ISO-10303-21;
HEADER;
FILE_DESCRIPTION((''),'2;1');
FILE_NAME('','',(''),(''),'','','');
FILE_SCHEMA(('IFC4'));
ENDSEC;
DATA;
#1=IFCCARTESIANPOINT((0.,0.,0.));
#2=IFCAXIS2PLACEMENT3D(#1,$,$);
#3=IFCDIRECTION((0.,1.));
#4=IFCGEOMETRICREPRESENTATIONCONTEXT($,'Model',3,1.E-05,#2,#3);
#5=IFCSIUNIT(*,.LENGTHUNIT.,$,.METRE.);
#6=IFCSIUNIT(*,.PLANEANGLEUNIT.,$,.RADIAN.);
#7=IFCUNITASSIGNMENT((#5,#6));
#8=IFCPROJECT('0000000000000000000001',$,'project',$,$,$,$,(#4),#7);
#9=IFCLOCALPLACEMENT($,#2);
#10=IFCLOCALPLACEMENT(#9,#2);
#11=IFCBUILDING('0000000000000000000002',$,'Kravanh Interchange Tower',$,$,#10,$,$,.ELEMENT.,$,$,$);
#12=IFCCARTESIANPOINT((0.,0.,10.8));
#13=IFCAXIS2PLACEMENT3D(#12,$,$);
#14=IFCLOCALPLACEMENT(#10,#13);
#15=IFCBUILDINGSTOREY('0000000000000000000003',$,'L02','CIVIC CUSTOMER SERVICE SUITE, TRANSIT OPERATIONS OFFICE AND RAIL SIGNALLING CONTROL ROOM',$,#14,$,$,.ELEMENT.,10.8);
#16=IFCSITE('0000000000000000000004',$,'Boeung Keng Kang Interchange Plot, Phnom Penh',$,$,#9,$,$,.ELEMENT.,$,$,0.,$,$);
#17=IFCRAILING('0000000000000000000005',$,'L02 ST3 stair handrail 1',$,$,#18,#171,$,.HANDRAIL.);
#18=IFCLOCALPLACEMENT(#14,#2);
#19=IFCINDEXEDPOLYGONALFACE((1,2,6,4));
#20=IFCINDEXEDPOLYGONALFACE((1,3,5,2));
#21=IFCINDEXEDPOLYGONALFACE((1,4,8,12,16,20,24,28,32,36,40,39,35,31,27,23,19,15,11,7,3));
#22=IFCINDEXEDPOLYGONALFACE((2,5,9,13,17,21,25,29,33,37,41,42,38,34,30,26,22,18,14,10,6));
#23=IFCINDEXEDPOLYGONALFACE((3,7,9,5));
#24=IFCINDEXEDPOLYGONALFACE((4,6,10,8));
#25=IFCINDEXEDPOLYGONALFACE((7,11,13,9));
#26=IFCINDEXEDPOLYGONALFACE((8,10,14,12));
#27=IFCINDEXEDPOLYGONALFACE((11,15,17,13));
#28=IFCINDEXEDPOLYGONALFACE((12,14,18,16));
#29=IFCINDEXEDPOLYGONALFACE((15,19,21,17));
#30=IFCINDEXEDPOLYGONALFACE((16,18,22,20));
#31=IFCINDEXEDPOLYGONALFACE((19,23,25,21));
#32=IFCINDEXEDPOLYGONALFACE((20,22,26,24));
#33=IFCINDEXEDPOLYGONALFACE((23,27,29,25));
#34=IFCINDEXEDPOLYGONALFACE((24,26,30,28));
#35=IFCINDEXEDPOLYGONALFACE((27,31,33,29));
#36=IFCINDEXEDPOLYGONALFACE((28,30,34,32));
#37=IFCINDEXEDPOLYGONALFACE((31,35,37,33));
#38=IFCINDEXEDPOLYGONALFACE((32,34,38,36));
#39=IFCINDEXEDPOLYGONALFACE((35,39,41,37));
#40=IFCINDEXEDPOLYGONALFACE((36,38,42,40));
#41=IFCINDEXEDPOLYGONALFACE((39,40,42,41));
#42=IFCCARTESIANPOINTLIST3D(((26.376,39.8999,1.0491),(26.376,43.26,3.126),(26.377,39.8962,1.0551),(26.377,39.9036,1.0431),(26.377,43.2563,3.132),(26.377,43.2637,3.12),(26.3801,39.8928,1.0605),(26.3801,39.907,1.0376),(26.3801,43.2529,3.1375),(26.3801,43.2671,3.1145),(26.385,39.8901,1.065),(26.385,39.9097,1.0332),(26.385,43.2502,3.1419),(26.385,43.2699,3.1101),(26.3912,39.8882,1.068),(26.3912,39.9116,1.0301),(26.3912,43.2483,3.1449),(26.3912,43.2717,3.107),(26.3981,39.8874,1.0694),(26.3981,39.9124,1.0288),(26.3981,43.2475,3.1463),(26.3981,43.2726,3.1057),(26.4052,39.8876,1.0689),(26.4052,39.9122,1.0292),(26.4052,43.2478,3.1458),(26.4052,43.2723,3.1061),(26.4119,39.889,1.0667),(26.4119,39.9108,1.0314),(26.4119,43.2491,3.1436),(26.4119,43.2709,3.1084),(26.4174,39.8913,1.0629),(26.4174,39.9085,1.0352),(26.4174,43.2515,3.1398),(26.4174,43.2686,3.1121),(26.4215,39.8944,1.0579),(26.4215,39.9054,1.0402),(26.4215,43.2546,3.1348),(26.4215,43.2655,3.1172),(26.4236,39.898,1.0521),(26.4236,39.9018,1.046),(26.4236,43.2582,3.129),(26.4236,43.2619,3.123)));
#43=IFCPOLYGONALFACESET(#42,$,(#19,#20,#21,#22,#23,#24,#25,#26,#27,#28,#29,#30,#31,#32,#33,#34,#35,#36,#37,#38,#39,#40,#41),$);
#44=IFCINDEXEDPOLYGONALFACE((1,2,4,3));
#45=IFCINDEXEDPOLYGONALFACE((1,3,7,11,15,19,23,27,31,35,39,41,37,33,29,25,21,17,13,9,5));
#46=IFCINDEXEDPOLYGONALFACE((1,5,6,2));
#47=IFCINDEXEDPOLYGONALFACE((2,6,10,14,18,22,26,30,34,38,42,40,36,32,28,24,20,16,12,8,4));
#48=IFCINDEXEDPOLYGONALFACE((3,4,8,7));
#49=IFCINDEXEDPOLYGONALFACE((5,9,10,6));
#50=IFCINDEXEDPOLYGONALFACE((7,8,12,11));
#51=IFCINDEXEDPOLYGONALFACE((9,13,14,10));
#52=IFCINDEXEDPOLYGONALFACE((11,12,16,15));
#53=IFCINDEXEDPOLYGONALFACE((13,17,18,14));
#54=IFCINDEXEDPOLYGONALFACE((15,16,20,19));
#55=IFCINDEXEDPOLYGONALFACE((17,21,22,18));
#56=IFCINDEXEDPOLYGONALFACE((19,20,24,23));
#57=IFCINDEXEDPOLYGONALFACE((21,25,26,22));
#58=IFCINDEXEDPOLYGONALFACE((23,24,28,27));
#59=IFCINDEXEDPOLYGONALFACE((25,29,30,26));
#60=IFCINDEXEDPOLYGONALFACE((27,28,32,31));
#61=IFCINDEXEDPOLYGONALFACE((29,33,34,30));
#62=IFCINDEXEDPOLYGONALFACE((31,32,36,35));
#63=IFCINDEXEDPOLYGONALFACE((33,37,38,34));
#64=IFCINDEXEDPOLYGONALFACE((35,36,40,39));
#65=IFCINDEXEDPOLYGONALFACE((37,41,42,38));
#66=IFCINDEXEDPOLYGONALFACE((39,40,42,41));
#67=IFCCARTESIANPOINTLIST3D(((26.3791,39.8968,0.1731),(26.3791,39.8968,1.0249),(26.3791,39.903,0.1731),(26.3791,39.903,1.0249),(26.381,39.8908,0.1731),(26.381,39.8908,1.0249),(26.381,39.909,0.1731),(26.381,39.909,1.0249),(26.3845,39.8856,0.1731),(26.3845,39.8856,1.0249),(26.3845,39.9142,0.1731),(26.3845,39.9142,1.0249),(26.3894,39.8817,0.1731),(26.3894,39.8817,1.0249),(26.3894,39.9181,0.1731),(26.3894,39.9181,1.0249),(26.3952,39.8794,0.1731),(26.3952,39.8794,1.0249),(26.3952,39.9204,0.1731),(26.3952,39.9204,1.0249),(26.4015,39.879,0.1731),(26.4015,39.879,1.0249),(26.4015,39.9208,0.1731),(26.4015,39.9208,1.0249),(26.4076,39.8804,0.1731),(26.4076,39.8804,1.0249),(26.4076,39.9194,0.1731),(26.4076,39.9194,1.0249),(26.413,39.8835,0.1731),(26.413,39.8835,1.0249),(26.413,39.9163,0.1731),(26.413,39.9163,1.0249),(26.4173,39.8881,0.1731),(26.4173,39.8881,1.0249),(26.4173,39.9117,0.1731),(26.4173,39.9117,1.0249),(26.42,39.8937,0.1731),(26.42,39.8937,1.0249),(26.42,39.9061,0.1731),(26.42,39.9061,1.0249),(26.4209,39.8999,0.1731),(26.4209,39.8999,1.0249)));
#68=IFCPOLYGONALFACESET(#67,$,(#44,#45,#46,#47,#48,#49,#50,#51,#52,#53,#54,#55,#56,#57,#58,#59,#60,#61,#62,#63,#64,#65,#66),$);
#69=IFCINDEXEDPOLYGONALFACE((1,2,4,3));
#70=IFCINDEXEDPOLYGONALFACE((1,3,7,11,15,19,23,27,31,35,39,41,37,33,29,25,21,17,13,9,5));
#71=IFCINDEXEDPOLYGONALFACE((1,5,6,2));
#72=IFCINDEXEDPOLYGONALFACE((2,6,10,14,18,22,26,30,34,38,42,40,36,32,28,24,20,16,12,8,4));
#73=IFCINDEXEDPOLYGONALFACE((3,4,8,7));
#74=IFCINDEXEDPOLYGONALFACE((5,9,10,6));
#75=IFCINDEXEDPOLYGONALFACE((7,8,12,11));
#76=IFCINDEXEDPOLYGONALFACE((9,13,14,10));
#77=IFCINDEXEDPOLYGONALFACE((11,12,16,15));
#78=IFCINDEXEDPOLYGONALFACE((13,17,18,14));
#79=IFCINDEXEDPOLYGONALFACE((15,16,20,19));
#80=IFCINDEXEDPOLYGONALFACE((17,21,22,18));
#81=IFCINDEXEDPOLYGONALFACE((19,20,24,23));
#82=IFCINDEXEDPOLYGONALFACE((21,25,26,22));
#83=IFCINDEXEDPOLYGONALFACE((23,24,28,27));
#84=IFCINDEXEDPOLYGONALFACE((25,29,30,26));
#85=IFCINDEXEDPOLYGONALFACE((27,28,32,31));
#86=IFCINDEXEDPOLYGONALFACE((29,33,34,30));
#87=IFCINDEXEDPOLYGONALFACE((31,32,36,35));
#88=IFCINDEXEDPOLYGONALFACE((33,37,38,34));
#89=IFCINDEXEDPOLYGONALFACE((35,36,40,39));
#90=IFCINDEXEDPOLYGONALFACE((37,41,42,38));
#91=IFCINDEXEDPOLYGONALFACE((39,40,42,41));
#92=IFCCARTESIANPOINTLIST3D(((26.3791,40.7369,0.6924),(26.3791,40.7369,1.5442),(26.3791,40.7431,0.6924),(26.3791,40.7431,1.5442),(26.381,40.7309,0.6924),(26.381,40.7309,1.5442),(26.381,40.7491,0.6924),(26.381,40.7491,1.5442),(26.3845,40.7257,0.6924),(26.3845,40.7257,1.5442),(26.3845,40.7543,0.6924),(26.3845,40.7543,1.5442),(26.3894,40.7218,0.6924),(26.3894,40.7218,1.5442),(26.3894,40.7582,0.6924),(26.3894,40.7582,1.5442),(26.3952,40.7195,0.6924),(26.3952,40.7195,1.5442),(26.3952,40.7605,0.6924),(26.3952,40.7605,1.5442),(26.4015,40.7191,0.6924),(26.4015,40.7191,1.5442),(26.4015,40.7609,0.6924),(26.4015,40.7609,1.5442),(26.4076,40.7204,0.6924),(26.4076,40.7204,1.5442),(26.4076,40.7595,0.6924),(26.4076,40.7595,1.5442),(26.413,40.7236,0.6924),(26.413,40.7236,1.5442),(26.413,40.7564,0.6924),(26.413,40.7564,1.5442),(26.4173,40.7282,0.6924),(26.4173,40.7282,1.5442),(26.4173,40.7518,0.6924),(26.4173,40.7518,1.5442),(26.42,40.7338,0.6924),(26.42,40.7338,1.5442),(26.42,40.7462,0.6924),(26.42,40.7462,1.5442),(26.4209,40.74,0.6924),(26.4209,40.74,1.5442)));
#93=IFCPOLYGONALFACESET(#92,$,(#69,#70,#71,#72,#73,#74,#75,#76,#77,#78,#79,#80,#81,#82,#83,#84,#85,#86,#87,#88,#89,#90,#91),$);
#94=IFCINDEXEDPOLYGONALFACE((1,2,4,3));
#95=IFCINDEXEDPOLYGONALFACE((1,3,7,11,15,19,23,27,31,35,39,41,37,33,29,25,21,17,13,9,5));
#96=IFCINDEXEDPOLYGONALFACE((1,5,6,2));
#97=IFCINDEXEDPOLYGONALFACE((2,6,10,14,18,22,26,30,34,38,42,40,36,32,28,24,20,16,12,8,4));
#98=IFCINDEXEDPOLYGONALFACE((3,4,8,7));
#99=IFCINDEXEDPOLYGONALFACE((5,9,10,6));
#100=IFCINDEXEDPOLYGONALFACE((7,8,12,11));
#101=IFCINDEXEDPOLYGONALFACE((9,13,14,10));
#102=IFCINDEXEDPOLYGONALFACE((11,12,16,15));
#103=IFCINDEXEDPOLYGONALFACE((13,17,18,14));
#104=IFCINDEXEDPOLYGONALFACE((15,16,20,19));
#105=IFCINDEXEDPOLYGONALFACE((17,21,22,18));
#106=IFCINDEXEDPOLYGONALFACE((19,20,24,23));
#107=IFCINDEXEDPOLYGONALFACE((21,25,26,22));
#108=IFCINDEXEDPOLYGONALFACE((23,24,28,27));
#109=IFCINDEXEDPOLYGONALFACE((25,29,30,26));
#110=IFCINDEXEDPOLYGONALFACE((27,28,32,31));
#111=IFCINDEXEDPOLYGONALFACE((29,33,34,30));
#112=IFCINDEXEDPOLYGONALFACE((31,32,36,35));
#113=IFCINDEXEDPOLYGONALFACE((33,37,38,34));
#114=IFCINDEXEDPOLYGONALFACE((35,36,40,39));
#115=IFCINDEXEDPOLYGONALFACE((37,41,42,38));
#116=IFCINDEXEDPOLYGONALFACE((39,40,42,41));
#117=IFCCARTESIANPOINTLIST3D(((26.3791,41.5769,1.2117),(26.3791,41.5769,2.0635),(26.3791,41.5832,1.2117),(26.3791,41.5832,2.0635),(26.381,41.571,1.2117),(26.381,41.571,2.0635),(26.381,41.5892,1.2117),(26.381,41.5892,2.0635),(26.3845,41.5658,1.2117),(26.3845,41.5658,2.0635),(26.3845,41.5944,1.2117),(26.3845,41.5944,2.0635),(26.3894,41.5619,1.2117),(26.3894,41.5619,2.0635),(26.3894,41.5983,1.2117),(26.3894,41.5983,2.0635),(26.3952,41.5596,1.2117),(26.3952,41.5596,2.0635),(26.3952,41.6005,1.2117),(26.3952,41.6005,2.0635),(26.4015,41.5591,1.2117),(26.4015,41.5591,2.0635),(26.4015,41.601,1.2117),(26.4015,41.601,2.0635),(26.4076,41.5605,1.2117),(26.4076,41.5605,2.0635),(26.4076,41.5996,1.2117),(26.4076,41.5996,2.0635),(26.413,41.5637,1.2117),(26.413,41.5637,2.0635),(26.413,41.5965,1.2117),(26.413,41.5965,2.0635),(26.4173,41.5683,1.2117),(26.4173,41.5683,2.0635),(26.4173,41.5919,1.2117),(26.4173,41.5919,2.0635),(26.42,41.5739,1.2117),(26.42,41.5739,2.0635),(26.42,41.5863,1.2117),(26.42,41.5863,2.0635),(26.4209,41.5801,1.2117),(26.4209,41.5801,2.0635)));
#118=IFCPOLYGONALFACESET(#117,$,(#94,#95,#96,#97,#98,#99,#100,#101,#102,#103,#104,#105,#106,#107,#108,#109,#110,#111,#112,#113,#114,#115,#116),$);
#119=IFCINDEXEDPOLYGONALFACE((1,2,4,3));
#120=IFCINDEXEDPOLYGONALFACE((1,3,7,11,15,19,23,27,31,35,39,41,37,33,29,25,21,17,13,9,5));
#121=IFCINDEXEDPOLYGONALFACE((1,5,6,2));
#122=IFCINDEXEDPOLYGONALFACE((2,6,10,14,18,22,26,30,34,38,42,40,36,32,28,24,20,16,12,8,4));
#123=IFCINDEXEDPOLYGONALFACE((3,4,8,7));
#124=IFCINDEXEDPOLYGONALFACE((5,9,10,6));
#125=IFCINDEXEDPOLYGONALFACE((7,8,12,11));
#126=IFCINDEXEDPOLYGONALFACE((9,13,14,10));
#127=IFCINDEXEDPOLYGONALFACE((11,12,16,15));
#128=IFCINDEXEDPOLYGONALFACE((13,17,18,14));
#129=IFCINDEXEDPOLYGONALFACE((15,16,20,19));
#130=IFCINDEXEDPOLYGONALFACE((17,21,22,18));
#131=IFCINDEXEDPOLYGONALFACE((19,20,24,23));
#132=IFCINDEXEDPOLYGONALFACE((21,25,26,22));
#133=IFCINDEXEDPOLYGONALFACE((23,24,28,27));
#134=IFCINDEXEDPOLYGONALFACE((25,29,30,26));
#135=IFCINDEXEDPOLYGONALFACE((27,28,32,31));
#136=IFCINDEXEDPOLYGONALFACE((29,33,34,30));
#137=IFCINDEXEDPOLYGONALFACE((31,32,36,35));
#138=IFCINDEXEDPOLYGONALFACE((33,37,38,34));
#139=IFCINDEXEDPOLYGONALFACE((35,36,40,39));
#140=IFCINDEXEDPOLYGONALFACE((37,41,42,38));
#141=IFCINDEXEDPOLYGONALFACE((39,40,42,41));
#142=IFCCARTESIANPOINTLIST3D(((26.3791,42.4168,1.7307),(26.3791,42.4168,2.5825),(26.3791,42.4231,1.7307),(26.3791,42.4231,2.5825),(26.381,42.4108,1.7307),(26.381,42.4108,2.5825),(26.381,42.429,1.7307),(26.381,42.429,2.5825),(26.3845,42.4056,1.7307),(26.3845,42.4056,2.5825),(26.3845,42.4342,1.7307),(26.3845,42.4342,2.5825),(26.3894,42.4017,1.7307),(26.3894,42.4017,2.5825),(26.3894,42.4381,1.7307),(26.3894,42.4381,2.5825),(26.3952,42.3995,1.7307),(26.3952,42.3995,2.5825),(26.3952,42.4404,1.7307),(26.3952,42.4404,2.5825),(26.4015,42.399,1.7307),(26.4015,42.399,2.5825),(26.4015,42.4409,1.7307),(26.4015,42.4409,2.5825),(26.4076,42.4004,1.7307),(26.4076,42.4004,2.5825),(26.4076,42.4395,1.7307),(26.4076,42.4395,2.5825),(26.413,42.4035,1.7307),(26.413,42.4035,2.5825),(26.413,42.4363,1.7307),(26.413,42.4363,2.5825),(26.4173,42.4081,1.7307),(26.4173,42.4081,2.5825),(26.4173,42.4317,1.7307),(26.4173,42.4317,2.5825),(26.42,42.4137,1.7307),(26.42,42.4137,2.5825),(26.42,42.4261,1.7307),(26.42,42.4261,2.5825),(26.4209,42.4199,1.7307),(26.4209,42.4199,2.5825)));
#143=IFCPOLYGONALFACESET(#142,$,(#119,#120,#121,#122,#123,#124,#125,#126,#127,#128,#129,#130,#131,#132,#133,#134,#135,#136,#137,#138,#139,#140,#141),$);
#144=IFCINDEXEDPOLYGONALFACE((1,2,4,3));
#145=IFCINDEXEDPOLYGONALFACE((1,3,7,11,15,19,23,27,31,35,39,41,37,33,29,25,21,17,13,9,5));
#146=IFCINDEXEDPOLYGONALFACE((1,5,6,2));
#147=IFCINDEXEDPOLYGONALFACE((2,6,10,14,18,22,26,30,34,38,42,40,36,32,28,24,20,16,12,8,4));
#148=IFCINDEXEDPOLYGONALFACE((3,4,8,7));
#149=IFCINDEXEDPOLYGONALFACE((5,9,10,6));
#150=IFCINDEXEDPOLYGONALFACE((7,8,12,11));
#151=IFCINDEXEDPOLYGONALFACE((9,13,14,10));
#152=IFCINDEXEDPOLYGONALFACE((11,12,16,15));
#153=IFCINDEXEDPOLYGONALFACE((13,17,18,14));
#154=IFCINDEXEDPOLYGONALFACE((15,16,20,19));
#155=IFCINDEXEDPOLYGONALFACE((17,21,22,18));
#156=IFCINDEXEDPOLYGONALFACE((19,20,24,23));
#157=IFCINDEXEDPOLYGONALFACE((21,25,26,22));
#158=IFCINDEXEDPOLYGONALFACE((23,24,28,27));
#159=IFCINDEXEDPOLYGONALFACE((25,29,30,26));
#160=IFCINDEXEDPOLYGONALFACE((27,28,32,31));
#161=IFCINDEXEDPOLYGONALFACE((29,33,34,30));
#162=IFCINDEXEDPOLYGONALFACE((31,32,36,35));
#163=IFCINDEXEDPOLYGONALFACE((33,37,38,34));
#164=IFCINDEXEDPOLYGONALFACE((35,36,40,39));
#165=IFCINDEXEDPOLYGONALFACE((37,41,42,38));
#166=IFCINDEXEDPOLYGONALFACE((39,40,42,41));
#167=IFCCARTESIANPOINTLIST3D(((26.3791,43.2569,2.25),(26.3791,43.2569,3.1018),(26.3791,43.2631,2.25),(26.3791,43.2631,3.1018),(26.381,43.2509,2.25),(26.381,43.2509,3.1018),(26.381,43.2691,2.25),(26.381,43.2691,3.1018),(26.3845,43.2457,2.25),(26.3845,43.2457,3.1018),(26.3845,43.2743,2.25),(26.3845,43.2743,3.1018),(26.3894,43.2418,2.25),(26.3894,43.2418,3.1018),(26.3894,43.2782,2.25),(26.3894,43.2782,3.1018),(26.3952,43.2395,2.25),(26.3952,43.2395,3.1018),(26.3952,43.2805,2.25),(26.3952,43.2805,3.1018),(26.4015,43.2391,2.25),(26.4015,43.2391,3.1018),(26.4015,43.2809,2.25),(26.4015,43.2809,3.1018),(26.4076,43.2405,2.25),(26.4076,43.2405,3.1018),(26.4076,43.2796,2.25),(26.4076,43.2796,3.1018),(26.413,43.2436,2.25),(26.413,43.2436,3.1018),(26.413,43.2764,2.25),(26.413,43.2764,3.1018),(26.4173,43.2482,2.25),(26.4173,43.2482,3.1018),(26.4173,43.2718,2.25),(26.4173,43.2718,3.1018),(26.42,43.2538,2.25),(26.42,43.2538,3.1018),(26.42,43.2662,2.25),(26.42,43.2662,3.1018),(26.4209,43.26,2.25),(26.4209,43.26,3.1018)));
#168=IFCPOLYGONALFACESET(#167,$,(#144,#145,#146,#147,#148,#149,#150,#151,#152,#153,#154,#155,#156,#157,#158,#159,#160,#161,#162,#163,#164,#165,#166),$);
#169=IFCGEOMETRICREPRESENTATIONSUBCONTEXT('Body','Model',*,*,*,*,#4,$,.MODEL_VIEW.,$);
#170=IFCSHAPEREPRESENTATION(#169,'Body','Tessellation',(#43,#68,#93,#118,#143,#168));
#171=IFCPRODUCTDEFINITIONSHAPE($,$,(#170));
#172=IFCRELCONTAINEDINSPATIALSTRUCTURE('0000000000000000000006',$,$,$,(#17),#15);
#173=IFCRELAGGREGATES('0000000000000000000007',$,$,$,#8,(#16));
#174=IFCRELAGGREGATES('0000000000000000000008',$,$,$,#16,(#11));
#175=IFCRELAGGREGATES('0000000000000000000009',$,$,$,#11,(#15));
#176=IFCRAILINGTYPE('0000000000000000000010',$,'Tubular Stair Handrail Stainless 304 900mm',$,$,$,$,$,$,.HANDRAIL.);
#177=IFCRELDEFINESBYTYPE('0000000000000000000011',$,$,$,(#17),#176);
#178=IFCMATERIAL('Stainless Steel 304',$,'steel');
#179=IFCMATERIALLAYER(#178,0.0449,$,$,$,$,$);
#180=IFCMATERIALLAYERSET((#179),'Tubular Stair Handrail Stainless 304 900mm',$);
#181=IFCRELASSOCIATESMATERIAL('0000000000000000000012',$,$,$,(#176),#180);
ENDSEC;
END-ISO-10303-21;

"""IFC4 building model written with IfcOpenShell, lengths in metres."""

from ifc_helpers import new_model, si_unit, direction, frame, origin, origin_2d, place, context, subcontext, project, spatial, circle, extrude, material, layer, layer_set, type_object, element, save


model = new_model("IFC4")

# Units and contexts
model_context = context("Model", 3, precision=1e-05, world=origin(), true_north=direction((0.0, 1.0)))
body_context = subcontext(model_context, "Body", "Model", "MODEL_VIEW")
ifc_project = project(units=[si_unit("LENGTHUNIT", "METRE"), si_unit("PLANEANGLEUNIT", "RADIAN")], contexts=[model_context])

# Site, building, storey
site_placement = place(None, origin())
site = spatial("IfcSite", under=ifc_project, at=site_placement, Name="Boeung Keng Kang Interchange Plot, Phnom Penh", CompositionType="ELEMENT", RefElevation=0.0)
building_placement = place(site_placement, origin())
building = spatial("IfcBuilding", under=site, at=building_placement, Name="Kravanh Interchange Tower", CompositionType="ELEMENT")
storey_placement = place(building_placement, frame((0.0, 0.0, 10.8)))
storey = spatial("IfcBuildingStorey", under=building, at=storey_placement, Name="L02", Description="CIVIC CUSTOMER SERVICE SUITE, TRANSIT OPERATIONS OFFICE AND RAIL SIGNALLING CONTROL ROOM", CompositionType="ELEMENT", Elevation=10.8)

# Railing
ifc_material_1 = material(Name="Stainless Steel 304", Category="steel")
ifc_layer_1 = layer(ifc_material_1, 0.0449)
ifc_layer_set_1 = layer_set([ifc_layer_1], Name="Tubular Stair Handrail Stainless 304 900mm")
railing_type_1 = type_object("IfcRailingType", Name="Tubular Stair Handrail Stainless 304 900mm", PredefinedType="HANDRAIL", material=ifc_layer_set_1)
railing_1_placement = place(storey_placement, frame((26.3999, 39.8999, 0.1731)))
element("IfcRailing", 1, at=railing_1_placement, inside=storey, type_object=railing_type_1, Name="L02 ST3 stair handrail 1", PredefinedType="HANDRAIL", context=body_context, shape_type="SweptSolid", body=[
    extrude(circle(Radius=0.0239, at=origin_2d()), frame((0.0, 0.0, 0.876), z_axis=(0.0, 0.850623, 0.525776), x_axis=(-1.0, 0.0, 0.0)), (0.0, 0.0, 1.0), 3.9502),
    extrude(circle(Radius=0.021, at=origin_2d()), origin(), (0.0, 0.0, 1.0), 0.8518),
    extrude(circle(Radius=0.021, at=origin_2d()), frame((0.0, 0.8401, 0.5193)), (0.0, 0.0, 1.0), 0.8518),
    extrude(circle(Radius=0.021, at=origin_2d()), frame((0.0, 1.6802, 1.0386)), (0.0, 0.0, 1.0), 0.8518),
    extrude(circle(Radius=0.021, at=origin_2d()), frame((0.0, 2.52, 1.5576)), (0.0, 0.0, 1.0), 0.8518),
    extrude(circle(Radius=0.021, at=origin_2d()), frame((0.0, 3.3601, 2.0769)), (0.0, 0.0, 1.0), 0.8518),
])

save(model, "model.ifc")
